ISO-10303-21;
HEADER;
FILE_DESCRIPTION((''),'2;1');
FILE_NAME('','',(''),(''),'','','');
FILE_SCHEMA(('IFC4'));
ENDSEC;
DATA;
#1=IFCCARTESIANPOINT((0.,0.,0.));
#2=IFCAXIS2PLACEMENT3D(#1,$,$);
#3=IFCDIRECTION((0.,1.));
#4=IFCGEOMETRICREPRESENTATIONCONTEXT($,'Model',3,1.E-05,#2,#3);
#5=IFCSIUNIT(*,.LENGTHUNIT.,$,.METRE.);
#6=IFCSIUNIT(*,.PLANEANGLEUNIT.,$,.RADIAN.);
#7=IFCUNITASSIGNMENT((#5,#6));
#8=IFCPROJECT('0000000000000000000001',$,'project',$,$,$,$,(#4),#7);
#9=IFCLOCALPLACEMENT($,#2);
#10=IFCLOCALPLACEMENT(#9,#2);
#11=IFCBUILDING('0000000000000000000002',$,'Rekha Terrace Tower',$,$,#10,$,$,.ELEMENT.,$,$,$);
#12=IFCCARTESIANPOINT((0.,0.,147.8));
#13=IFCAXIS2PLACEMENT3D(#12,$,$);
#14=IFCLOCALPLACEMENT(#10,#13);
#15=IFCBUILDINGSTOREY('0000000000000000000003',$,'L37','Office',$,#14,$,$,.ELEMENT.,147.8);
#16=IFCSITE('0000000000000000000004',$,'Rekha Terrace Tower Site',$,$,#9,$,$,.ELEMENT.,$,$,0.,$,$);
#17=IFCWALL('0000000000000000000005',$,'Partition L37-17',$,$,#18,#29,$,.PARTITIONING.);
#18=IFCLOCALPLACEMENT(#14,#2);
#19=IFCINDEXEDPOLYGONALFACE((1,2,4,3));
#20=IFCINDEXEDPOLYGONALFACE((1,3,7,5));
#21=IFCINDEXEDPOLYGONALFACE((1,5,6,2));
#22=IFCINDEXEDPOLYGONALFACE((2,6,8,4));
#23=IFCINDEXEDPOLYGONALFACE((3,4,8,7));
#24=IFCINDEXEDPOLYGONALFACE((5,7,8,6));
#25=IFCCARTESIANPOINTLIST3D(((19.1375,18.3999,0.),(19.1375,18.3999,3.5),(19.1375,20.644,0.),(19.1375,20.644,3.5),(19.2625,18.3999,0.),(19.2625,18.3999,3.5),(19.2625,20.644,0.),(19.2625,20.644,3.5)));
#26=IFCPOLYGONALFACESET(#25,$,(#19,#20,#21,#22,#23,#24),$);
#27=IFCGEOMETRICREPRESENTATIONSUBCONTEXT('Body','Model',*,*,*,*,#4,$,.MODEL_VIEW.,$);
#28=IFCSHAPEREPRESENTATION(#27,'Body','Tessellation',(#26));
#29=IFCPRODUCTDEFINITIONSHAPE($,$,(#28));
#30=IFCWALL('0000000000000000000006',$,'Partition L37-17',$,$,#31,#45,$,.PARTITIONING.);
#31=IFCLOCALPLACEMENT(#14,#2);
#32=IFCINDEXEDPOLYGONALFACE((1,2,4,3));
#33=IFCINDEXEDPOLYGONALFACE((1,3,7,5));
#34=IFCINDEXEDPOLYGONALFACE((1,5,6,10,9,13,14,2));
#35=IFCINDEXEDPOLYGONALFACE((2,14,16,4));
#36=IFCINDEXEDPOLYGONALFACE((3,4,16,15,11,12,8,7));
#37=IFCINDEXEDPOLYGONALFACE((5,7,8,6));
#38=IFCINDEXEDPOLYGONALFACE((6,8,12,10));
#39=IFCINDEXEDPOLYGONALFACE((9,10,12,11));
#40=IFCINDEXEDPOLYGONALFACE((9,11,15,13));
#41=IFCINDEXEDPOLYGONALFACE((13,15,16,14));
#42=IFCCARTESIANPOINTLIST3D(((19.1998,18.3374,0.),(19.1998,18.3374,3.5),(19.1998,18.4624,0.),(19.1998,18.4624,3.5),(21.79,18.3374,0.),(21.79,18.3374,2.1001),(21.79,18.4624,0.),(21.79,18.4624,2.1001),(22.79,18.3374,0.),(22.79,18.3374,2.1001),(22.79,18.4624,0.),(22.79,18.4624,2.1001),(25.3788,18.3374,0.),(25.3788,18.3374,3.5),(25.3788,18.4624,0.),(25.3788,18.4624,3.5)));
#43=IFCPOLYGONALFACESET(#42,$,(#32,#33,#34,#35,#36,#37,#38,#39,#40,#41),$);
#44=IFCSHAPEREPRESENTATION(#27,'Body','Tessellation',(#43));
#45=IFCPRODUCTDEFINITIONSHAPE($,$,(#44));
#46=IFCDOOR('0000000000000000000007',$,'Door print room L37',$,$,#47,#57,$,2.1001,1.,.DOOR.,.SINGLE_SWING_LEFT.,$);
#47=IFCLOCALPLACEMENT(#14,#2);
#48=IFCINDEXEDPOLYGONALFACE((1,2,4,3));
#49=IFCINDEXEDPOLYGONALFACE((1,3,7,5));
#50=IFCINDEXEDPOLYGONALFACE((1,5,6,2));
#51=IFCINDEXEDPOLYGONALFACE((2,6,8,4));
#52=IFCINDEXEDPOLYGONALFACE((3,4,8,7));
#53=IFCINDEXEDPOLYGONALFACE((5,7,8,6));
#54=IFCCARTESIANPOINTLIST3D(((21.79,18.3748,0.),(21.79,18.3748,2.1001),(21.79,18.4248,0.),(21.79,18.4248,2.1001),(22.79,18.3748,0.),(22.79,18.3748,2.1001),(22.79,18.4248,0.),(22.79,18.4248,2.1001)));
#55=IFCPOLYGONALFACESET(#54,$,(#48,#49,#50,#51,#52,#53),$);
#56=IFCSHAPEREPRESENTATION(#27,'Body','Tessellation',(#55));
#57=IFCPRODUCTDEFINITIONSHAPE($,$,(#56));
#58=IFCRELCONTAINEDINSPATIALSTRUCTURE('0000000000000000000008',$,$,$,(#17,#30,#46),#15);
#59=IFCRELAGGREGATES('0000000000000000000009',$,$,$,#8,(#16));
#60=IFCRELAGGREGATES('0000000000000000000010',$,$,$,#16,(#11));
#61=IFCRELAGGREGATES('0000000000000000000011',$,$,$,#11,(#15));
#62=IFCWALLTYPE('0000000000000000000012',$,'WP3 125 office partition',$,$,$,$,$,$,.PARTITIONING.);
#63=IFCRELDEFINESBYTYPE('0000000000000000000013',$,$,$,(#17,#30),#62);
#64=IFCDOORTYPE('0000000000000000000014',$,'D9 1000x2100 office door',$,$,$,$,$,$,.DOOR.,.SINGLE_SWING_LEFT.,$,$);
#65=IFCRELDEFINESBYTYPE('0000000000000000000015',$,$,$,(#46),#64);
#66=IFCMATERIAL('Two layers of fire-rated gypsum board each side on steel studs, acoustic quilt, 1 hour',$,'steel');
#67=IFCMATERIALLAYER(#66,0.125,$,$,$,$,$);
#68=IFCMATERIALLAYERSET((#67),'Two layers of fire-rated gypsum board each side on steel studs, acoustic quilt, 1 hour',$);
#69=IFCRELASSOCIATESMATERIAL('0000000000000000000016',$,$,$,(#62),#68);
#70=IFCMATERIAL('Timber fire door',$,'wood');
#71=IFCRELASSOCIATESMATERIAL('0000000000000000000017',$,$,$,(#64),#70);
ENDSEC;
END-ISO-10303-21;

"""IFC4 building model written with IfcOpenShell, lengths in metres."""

from ifc_helpers import new_model, si_unit, direction, frame, frame_2d, origin, place, context, subcontext, project, spatial, rectangle, extrude, material, layer, layer_set, type_object, element, fill, save


model = new_model("IFC4")

# Units and contexts
model_context = context("Model", 3, precision=1e-05, world=origin(), true_north=direction((0.0, 1.0)))
body_context = subcontext(model_context, "Body", "Model", "MODEL_VIEW")
ifc_project = project(units=[si_unit("LENGTHUNIT", "METRE"), si_unit("PLANEANGLEUNIT", "RADIAN")], contexts=[model_context])

# Site, building, storey
site_placement = place(None, origin())
site = spatial("IfcSite", under=ifc_project, at=site_placement, Name="Rekha Terrace Tower Site", CompositionType="ELEMENT", RefElevation=0.0)
building_placement = place(site_placement, origin())
building = spatial("IfcBuilding", under=site, at=building_placement, Name="Rekha Terrace Tower", CompositionType="ELEMENT")
storey_placement = place(building_placement, frame((0.0, 0.0, 147.8)))
storey = spatial("IfcBuildingStorey", under=building, at=storey_placement, Name="L37", Description="Office", CompositionType="ELEMENT", Elevation=147.8)

# Wall
ifc_material_1 = material(Name="Two layers of fire-rated gypsum board each side on steel studs, acoustic quilt, 1 hour", Category="steel")
ifc_layer_1 = layer(ifc_material_1, 0.125)
ifc_layer_set_1 = layer_set([ifc_layer_1], Name="Two layers of fire-rated gypsum board each side on steel studs, acoustic quilt, 1 hour")
wall_type_1 = type_object("IfcWallType", Name="WP3 125 office partition", PredefinedType="PARTITIONING", material=ifc_layer_set_1)
wall_1_placement = place(storey_placement, frame((19.2, 20.644, 0.0), z_axis=(0.0, 0.0, 1.0), x_axis=(0.0, -1.0, 0.0)))
element("IfcWall", 1, at=wall_1_placement, inside=storey, type_object=wall_type_1, Name="Partition L37-17", PredefinedType="PARTITIONING", context=body_context, shape_type="SweptSolid", body=[
    extrude(rectangle(XDim=2.2441, YDim=0.125, at=frame_2d((1.1221, 0.0))), origin(), (0.0, 0.0, 1.0), 3.5),
])

# Wall, opening, door
wall_2_placement = place(storey_placement, frame((19.2, 18.3999, 0.0), z_axis=(0.0, 0.0, 1.0), x_axis=(1.0, 0.0, 0.0)))
wall_2 = element("IfcWall", 2, at=wall_2_placement, inside=storey, type_object=wall_type_1, Name="Partition L37-17", PredefinedType="PARTITIONING", context=body_context, shape_type="SweptSolid", body=[
    extrude(rectangle(XDim=6.179, YDim=0.125, at=frame_2d((3.0894, 0.0))), origin(), (0.0, 0.0, 1.0), 3.5),
])
opening_placement = place(wall_2_placement, frame((2.5901, 0.0, 0.0)))
opening = element("IfcOpeningElement", 3, at=opening_placement, cuts=wall_2, PredefinedType="OPENING", context=body_context, shape_type="SweptSolid", body=[
    extrude(rectangle(XDim=1.0, YDim=2.1001, at=frame_2d((0.5, 1.05))), frame((0.0, 0.0725, 0.0), z_axis=(0.0, -1.0, 0.0), x_axis=(1.0, 0.0, 0.0)), (0.0, 0.0, 1.0), 0.145),
])
ifc_material_2 = material(Name="Timber fire door", Category="wood")
door_type = type_object("IfcDoorType", Name="D9 1000x2100 office door", OperationType="SINGLE_SWING_LEFT", PredefinedType="DOOR", material=ifc_material_2)
door_placement = place(opening_placement, origin())
door = element("IfcDoor", 4, at=door_placement, inside=storey, type_object=door_type, Name="Door print room L37", OperationType="SINGLE_SWING_LEFT", OverallHeight=2.1001, OverallWidth=1.0, PredefinedType="DOOR", context=body_context, shape_type="SweptSolid", body=[
    extrude(rectangle(XDim=1.0, YDim=2.1001, at=frame_2d((0.5, 1.05))), frame((0.0, 0.0249, 0.0), z_axis=(0.0, -1.0, 0.0), x_axis=(1.0, 0.0, 0.0)), (0.0, 0.0, 1.0), 0.05),
])
fill(opening, door)

save(model, "model.ifc")
